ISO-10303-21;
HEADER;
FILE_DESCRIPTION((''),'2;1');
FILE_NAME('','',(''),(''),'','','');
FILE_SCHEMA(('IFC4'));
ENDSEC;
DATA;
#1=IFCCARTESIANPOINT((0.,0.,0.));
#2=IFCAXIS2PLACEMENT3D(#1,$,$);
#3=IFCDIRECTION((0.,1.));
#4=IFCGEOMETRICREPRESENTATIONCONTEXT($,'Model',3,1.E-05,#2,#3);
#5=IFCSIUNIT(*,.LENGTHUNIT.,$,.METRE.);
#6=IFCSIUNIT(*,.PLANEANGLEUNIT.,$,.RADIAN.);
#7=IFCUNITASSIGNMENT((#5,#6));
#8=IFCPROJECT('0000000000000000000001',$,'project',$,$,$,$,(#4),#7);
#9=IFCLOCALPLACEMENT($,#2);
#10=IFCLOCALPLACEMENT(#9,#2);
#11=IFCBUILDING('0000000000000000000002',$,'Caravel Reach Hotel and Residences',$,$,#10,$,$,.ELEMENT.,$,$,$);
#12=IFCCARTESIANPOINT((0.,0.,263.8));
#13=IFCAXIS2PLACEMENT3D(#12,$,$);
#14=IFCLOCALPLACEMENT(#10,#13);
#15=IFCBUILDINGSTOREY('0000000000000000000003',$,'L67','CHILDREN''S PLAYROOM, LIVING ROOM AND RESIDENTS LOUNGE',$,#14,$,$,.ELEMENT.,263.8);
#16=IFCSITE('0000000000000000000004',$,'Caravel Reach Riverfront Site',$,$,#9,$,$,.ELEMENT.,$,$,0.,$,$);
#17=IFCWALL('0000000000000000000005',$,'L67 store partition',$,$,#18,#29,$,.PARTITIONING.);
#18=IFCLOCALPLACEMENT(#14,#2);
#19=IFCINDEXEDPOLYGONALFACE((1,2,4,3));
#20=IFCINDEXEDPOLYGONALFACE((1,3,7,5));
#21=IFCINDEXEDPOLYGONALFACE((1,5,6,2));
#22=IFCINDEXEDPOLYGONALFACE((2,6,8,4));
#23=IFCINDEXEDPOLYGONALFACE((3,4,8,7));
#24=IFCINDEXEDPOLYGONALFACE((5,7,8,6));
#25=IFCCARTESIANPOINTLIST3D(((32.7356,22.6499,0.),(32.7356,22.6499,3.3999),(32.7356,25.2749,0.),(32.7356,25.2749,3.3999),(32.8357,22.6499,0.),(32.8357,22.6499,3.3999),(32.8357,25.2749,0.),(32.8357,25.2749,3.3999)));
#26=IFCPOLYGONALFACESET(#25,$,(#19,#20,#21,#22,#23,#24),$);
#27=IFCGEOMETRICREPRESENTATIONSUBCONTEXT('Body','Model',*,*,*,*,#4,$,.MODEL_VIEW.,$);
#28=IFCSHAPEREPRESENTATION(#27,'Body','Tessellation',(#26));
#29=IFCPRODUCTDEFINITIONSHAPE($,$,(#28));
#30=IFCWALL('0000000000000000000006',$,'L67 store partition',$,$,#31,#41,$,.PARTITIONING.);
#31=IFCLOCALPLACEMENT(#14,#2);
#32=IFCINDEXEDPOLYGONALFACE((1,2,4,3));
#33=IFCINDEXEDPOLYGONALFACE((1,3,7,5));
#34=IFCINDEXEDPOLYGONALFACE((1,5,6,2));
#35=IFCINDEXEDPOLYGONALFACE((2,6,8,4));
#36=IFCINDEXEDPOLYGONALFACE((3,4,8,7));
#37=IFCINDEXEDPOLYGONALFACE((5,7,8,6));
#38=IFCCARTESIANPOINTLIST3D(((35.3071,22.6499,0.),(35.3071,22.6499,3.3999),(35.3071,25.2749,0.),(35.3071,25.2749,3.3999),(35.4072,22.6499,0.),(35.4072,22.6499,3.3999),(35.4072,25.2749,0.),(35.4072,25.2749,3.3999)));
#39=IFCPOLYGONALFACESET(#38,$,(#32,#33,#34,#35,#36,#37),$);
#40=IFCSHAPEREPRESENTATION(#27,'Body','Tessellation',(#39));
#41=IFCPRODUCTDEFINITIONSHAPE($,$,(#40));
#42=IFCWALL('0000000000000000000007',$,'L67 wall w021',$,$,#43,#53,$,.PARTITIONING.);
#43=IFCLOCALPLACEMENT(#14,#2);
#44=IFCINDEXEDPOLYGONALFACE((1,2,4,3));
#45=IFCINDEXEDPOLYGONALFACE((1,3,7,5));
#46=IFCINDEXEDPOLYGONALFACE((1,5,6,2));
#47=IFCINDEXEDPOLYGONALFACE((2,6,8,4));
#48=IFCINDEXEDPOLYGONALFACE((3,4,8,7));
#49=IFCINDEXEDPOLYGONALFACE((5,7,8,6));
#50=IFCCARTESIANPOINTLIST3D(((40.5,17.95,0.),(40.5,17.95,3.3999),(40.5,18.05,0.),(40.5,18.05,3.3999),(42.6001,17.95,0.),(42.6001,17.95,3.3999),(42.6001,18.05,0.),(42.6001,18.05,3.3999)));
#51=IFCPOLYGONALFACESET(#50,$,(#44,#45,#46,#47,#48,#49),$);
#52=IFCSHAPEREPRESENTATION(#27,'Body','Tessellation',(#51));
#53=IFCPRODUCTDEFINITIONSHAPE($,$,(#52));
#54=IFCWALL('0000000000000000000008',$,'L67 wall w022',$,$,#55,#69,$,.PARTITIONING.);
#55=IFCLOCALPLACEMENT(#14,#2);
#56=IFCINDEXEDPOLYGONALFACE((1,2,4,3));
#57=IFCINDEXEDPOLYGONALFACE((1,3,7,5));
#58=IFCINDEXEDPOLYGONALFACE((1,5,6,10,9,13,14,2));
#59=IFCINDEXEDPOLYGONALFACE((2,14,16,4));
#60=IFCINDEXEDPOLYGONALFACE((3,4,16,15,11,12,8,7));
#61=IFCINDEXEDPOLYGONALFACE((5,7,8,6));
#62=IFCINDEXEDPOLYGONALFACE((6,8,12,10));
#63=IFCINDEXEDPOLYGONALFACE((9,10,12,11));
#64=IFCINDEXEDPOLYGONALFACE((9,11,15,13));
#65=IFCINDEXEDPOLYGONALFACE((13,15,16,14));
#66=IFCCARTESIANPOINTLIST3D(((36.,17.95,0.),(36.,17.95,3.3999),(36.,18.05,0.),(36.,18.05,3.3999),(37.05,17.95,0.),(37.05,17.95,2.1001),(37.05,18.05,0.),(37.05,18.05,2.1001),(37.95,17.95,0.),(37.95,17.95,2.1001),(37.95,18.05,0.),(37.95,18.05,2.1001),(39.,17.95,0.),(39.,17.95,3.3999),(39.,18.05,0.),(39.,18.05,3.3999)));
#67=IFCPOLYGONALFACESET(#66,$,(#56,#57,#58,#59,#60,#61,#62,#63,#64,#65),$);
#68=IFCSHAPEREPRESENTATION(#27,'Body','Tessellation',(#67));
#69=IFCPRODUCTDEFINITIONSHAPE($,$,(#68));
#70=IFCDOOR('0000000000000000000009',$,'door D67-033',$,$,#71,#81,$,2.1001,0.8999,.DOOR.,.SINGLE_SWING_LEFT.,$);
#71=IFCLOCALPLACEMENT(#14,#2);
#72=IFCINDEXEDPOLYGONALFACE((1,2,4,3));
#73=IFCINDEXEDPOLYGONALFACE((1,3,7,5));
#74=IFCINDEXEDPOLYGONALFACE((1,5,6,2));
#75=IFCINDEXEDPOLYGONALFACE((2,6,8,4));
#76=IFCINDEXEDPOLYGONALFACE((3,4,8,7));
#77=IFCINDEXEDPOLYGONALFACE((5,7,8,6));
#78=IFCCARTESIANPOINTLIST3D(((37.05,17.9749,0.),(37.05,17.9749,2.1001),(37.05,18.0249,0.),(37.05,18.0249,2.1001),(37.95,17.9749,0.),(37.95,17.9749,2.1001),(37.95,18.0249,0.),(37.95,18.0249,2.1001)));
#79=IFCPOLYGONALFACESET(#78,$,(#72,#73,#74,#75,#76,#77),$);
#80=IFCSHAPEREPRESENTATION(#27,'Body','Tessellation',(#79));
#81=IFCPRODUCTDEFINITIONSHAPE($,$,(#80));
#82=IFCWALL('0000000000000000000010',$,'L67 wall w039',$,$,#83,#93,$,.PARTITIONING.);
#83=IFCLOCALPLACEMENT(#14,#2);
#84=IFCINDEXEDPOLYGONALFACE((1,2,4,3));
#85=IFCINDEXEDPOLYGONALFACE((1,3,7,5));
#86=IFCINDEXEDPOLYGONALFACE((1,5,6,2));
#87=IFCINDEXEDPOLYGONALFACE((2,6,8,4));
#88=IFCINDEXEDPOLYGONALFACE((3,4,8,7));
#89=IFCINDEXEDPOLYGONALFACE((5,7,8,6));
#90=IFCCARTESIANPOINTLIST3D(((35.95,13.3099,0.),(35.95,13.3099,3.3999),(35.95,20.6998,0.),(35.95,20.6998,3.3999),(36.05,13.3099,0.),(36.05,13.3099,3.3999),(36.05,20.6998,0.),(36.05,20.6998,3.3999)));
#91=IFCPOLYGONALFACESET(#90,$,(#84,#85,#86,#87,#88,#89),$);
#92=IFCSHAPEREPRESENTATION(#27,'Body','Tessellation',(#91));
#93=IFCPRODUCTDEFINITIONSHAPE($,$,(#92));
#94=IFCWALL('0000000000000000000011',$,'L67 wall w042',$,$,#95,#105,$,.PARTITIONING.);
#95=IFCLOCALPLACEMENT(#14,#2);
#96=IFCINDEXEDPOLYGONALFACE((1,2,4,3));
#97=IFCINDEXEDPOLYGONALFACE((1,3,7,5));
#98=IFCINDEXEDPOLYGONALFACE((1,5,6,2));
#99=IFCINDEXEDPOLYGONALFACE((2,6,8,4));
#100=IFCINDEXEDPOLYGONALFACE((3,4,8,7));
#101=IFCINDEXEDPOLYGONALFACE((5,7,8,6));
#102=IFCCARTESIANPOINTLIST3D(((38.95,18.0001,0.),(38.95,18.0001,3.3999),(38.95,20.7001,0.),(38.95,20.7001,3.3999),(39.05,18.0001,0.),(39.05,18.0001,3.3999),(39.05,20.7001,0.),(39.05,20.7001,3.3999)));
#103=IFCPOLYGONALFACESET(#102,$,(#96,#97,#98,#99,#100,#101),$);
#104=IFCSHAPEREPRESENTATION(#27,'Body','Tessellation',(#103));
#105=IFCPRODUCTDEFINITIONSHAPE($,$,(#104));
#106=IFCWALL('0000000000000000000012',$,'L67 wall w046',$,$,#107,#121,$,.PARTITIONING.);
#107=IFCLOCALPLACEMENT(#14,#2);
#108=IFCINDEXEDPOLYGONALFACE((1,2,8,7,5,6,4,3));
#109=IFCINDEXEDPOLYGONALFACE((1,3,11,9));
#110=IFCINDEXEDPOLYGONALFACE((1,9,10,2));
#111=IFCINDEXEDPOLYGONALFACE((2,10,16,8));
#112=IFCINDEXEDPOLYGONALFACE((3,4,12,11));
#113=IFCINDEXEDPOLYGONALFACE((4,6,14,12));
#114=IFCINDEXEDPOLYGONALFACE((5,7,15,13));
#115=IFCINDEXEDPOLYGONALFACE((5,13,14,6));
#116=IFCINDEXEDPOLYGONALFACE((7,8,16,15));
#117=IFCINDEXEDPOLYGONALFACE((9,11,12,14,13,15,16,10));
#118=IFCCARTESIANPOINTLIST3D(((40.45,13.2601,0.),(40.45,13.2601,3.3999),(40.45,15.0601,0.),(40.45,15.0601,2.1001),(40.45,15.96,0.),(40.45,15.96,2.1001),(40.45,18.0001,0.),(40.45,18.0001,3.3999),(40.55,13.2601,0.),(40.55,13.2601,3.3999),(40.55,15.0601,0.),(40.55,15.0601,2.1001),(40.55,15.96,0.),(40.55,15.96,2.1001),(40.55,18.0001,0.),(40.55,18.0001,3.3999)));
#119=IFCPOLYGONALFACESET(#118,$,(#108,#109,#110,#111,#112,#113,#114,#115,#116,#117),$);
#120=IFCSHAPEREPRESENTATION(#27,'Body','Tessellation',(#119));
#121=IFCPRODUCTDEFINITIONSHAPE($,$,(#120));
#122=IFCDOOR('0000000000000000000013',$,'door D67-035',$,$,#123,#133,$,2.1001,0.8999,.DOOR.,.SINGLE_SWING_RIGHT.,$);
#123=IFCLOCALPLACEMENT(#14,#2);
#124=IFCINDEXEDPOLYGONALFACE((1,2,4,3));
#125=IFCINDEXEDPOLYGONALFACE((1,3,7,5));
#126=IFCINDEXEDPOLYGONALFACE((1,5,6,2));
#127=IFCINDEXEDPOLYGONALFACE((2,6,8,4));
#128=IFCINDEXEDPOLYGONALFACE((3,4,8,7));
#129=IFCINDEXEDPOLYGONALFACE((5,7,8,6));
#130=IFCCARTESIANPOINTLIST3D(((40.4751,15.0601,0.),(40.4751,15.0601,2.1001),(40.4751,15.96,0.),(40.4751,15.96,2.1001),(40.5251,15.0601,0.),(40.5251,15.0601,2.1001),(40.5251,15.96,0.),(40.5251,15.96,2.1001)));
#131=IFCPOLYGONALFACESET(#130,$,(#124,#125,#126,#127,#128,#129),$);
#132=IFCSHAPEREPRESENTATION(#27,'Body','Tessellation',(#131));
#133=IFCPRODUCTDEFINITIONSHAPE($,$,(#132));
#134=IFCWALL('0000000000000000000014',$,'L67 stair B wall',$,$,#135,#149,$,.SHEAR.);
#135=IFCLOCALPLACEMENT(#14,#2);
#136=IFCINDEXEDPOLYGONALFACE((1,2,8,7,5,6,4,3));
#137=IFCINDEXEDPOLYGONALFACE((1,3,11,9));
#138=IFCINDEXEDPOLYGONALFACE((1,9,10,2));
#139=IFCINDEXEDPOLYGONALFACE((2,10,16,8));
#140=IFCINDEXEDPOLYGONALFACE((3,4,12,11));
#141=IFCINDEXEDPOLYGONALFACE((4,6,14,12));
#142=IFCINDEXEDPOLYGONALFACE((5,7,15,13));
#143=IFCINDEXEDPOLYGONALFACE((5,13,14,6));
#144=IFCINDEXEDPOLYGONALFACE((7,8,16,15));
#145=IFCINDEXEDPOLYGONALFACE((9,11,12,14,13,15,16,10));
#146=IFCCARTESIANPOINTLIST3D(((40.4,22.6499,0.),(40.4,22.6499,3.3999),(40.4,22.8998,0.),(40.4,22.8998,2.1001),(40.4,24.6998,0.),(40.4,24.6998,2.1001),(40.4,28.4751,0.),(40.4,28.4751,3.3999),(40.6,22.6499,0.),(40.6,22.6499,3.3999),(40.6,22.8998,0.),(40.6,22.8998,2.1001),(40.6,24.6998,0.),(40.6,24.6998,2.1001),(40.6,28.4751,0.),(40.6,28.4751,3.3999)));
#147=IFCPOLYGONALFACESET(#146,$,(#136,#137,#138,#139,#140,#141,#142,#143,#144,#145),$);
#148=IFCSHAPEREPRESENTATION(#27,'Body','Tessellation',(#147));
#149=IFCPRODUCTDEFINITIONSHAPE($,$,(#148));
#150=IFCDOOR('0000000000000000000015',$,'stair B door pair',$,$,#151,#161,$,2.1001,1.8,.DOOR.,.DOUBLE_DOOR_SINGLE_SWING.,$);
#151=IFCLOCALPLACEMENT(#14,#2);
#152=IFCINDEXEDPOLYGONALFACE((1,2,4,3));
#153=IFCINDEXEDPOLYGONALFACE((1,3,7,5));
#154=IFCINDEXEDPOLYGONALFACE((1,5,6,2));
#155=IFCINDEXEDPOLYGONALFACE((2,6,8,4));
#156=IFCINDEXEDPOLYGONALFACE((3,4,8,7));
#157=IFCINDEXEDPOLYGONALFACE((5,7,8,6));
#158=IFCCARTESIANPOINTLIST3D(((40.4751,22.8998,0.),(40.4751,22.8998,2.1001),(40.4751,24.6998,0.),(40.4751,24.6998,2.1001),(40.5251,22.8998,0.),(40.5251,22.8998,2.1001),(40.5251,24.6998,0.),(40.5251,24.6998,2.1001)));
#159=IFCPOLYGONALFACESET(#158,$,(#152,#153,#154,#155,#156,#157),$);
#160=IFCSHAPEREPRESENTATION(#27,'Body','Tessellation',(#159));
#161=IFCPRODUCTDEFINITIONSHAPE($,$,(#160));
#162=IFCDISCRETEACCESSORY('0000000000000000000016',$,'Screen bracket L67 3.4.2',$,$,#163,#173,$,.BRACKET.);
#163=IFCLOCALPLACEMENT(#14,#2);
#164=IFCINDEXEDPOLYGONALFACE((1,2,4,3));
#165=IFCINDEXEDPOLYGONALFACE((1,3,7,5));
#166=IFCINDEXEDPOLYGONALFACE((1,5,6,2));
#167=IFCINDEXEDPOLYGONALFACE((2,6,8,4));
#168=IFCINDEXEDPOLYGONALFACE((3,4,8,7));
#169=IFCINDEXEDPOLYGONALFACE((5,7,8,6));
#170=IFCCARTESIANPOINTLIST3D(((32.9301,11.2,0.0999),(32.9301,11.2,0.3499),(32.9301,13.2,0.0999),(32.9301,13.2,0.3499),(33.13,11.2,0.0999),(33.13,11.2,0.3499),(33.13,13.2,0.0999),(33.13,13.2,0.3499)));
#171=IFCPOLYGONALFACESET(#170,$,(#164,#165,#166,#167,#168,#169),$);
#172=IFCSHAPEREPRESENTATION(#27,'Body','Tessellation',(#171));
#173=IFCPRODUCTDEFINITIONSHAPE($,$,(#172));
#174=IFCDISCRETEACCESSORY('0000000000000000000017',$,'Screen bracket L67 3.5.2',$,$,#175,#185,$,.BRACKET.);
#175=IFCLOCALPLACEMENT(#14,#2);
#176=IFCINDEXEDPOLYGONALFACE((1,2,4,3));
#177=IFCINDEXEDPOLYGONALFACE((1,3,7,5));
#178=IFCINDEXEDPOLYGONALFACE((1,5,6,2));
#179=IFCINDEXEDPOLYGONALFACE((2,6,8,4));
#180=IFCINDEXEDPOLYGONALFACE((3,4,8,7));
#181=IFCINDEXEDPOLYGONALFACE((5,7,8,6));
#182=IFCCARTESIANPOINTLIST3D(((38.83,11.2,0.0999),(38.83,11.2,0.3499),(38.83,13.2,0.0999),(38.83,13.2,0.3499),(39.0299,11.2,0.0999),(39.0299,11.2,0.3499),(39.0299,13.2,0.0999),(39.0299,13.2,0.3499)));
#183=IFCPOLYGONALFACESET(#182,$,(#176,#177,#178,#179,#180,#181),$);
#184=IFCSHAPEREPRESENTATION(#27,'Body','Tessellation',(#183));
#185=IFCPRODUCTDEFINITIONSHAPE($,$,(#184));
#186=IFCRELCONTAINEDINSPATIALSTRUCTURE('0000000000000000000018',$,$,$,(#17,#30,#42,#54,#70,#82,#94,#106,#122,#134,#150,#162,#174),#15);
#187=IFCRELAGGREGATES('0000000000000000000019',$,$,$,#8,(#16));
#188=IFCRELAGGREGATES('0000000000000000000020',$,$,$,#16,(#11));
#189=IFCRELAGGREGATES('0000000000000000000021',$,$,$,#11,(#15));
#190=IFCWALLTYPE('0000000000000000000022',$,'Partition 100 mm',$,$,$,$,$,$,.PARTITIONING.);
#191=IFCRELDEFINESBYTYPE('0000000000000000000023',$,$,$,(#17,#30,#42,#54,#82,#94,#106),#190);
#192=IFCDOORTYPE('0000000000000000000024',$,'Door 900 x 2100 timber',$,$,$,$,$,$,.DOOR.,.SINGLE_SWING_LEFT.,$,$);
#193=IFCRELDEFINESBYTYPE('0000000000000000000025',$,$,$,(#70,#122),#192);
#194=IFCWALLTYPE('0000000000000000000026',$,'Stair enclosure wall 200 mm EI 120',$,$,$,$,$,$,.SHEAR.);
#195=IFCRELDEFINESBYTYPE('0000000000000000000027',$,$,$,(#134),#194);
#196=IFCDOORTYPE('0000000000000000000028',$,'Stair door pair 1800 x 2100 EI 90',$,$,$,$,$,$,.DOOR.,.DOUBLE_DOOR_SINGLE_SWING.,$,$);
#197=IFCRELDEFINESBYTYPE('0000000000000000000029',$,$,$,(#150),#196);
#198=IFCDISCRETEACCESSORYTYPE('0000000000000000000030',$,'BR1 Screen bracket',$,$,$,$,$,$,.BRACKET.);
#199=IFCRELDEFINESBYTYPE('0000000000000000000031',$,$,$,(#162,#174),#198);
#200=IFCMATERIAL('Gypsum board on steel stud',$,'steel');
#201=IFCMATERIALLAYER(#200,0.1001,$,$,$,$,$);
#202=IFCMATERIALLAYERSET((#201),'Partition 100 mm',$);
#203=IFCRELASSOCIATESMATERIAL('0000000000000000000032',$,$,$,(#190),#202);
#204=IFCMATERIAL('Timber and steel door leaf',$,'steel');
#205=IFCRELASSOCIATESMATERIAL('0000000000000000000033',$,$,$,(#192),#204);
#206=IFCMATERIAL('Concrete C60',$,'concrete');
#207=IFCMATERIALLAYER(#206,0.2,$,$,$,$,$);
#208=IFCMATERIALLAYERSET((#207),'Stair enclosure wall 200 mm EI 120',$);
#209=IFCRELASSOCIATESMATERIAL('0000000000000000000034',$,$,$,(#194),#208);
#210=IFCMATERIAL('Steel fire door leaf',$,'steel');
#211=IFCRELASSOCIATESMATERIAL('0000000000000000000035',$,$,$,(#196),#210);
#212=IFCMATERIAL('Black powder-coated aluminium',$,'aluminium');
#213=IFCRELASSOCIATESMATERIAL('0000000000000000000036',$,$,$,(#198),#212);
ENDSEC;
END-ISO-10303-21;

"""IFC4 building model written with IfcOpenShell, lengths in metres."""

from ifc_helpers import new_model, si_unit, direction, frame, frame_2d, origin, origin_2d, place, context, subcontext, project, spatial, rectangle, extrude, material, layer, layer_set, type_object, element, fill, save


model = new_model("IFC4")

# Units and contexts
model_context = context("Model", 3, precision=1e-05, world=origin(), true_north=direction((0.0, 1.0)))
body_context = subcontext(model_context, "Body", "Model", "MODEL_VIEW")
ifc_project = project(units=[si_unit("LENGTHUNIT", "METRE"), si_unit("PLANEANGLEUNIT", "RADIAN")], contexts=[model_context])

# Site, building, storey
site_placement = place(None, origin())
site = spatial("IfcSite", under=ifc_project, at=site_placement, Name="Caravel Reach Riverfront Site", CompositionType="ELEMENT", RefElevation=0.0)
building_placement = place(site_placement, origin())
building = spatial("IfcBuilding", under=site, at=building_placement, Name="Caravel Reach Hotel and Residences", CompositionType="ELEMENT")
storey_placement = place(building_placement, frame((0.0, 0.0, 263.8)))
storey = spatial("IfcBuildingStorey", under=building, at=storey_placement, Name="L67", Description="CHILDREN'S PLAYROOM, LIVING ROOM AND RESIDENTS LOUNGE", CompositionType="ELEMENT", Elevation=263.8)

# Walls
ifc_material_1 = material(Name="Gypsum board on steel stud", Category="steel")
ifc_layer_1 = layer(ifc_material_1, 0.1001)
ifc_layer_set_1 = layer_set([ifc_layer_1], Name="Partition 100 mm")
wall_type_1 = type_object("IfcWallType", Name="Partition 100 mm", PredefinedType="PARTITIONING", material=ifc_layer_set_1)
for number, where, z_axis, x_axis, name in (
    (1, (32.7856, 22.6499, 0.0), (0.0, 0.0, 1.0), (0.0, 1.0, 0.0), "L67 store partition"),
    (2, (35.3572, 22.6499, 0.0), (0.0, 0.0, 1.0), (0.0, 1.0, 0.0), "L67 store partition"),
):
    element("IfcWall", number, at=place(storey_placement, frame(where, z_axis=z_axis, x_axis=x_axis)), inside=storey, type_object=wall_type_1, Name=name, PredefinedType="PARTITIONING", context=body_context, shape_type="SweptSolid", body=[
        extrude(rectangle(XDim=2.625, YDim=0.1001, at=frame_2d((1.3125, 0.0))), origin(), (0.0, 0.0, 1.0), 3.3999),
    ])
wall_1_placement = place(storey_placement, frame((40.5, 18.0, 0.0), z_axis=(0.0, 0.0, 1.0), x_axis=(1.0, 0.0, 0.0)))
element("IfcWall", 3, at=wall_1_placement, inside=storey, type_object=wall_type_1, Name="L67 wall w021", PredefinedType="PARTITIONING", context=body_context, shape_type="SweptSolid", body=[
    extrude(rectangle(XDim=2.1001, YDim=0.1001, at=frame_2d((1.05, 0.0))), origin(), (0.0, 0.0, 1.0), 3.3999),
])

# Wall, opening, door
wall_2_placement = place(storey_placement, frame((36.0, 18.0, 0.0), z_axis=(0.0, 0.0, 1.0), x_axis=(1.0, 0.0, 0.0)))
wall_2 = element("IfcWall", 4, at=wall_2_placement, inside=storey, type_object=wall_type_1, Name="L67 wall w022", PredefinedType="PARTITIONING", context=body_context, shape_type="SweptSolid", body=[
    extrude(rectangle(XDim=3.0, YDim=0.1001, at=frame_2d((1.5, 0.0))), origin(), (0.0, 0.0, 1.0), 3.3999),
])
opening_1_placement = place(wall_2_placement, frame((1.05, 0.0, 0.0)))
opening_1 = element("IfcOpeningElement", 5, at=opening_1_placement, cuts=wall_2, PredefinedType="OPENING", context=body_context, shape_type="SweptSolid", body=[
    extrude(rectangle(XDim=0.8999, YDim=2.1001, at=frame_2d((0.45, 1.05))), frame((0.0, 0.0601, 0.0), z_axis=(0.0, -1.0, 0.0), x_axis=(1.0, 0.0, 0.0)), (0.0, 0.0, 1.0), 0.1201),
])
ifc_material_2 = material(Name="Timber and steel door leaf", Category="steel")
door_type_1 = type_object("IfcDoorType", Name="Door 900 x 2100 timber", OperationType="SINGLE_SWING_LEFT", PredefinedType="DOOR", material=ifc_material_2)
door_1_placement = place(opening_1_placement, origin())
door_1 = element("IfcDoor", 6, at=door_1_placement, inside=storey, type_object=door_type_1, Name="door D67-033", OperationType="SINGLE_SWING_LEFT", OverallHeight=2.1001, OverallWidth=0.8999, PredefinedType="DOOR", context=body_context, shape_type="SweptSolid", body=[
    extrude(rectangle(XDim=0.8999, YDim=2.1001, at=frame_2d((0.45, 1.05))), frame((0.0, 0.0249, 0.0), z_axis=(0.0, -1.0, 0.0), x_axis=(1.0, 0.0, 0.0)), (0.0, 0.0, 1.0), 0.05),
])
fill(opening_1, door_1)

# Walls
wall_3_placement = place(storey_placement, frame((36.0, 13.3101, 0.0), z_axis=(0.0, 0.0, 1.0), x_axis=(0.0, 1.0, 0.0)))
element("IfcWall", 7, at=wall_3_placement, inside=storey, type_object=wall_type_1, Name="L67 wall w039", PredefinedType="PARTITIONING", context=body_context, shape_type="SweptSolid", body=[
    extrude(rectangle(XDim=7.3899, YDim=0.1001, at=frame_2d((3.6948, 0.0))), origin(), (0.0, 0.0, 1.0), 3.3999),
])
wall_4_placement = place(storey_placement, frame((39.0, 18.0, 0.0), z_axis=(0.0, 0.0, 1.0), x_axis=(0.0, 1.0, 0.0)))
element("IfcWall", 8, at=wall_4_placement, inside=storey, type_object=wall_type_1, Name="L67 wall w042", PredefinedType="PARTITIONING", context=body_context, shape_type="SweptSolid", body=[
    extrude(rectangle(XDim=2.7, YDim=0.1001, at=frame_2d((1.3501, 0.0))), origin(), (0.0, 0.0, 1.0), 3.3999),
])

# Walls, openings, doors
wall_5_placement = place(storey_placement, frame((40.5, 13.26, 0.0), z_axis=(0.0, 0.0, 1.0), x_axis=(0.0, 1.0, 0.0)))
wall_5 = element("IfcWall", 9, at=wall_5_placement, inside=storey, type_object=wall_type_1, Name="L67 wall w046", PredefinedType="PARTITIONING", context=body_context, shape_type="SweptSolid", body=[
    extrude(rectangle(XDim=4.74, YDim=0.1001, at=frame_2d((2.3701, 0.0))), origin(), (0.0, 0.0, 1.0), 3.3999),
])
opening_2_placement = place(wall_5_placement, frame((1.8, 0.0, 0.0)))
opening_2 = element("IfcOpeningElement", 10, at=opening_2_placement, cuts=wall_5, PredefinedType="OPENING", context=body_context, shape_type="SweptSolid", body=[
    extrude(rectangle(XDim=0.8999, YDim=2.1001, at=frame_2d((0.45, 1.05))), frame((0.0, 0.0601, 0.0), z_axis=(0.0, -1.0, 0.0), x_axis=(1.0, 0.0, 0.0)), (0.0, 0.0, 1.0), 0.1201),
])
door_2_placement = place(opening_2_placement, origin())
door_2 = element("IfcDoor", 11, at=door_2_placement, inside=storey, type_object=door_type_1, Name="door D67-035", OperationType="SINGLE_SWING_RIGHT", OverallHeight=2.1001, OverallWidth=0.8999, PredefinedType="DOOR", context=body_context, shape_type="SweptSolid", body=[
    extrude(rectangle(XDim=0.8999, YDim=2.1001, at=frame_2d((0.45, 1.05))), frame((0.0, 0.0249, 0.0), z_axis=(0.0, -1.0, 0.0), x_axis=(1.0, 0.0, 0.0)), (0.0, 0.0, 1.0), 0.05),
])
fill(opening_2, door_2)
ifc_material_3 = material(Name="Concrete C60", Category="concrete")
ifc_layer_2 = layer(ifc_material_3, 0.2)
ifc_layer_set_2 = layer_set([ifc_layer_2], Name="Stair enclosure wall 200 mm EI 120")
wall_type_2 = type_object("IfcWallType", Name="Stair enclosure wall 200 mm EI 120", PredefinedType="SHEAR", material=ifc_layer_set_2)
wall_6_placement = place(storey_placement, frame((40.5, 22.6499, 0.0), z_axis=(0.0, 0.0, 1.0), x_axis=(0.0, 1.0, 0.0)))
wall_6 = element("IfcWall", 12, at=wall_6_placement, inside=storey, type_object=wall_type_2, Name="L67 stair B wall", PredefinedType="SHEAR", context=body_context, shape_type="SweptSolid", body=[
    extrude(rectangle(XDim=5.8252, YDim=0.2, at=frame_2d((2.9126, 0.0))), origin(), (0.0, 0.0, 1.0), 3.3999),
])
opening_3_placement = place(wall_6_placement, frame((0.25, 0.0, 0.0)))
opening_3 = element("IfcOpeningElement", 13, at=opening_3_placement, cuts=wall_6, PredefinedType="OPENING", context=body_context, shape_type="SweptSolid", body=[
    extrude(rectangle(XDim=1.8, YDim=2.1001, at=frame_2d((0.8999, 1.05))), frame((0.0, 0.1099, 0.0), z_axis=(0.0, -1.0, 0.0), x_axis=(1.0, 0.0, 0.0)), (0.0, 0.0, 1.0), 0.22),
])
ifc_material_4 = material(Name="Steel fire door leaf", Category="steel")
door_type_2 = type_object("IfcDoorType", Name="Stair door pair 1800 x 2100 EI 90", OperationType="DOUBLE_DOOR_SINGLE_SWING", PredefinedType="DOOR", material=ifc_material_4)
door_3_placement = place(opening_3_placement, origin())
door_3 = element("IfcDoor", 14, at=door_3_placement, inside=storey, type_object=door_type_2, Name="stair B door pair", OperationType="DOUBLE_DOOR_SINGLE_SWING", OverallHeight=2.1001, OverallWidth=1.8, PredefinedType="DOOR", context=body_context, shape_type="SweptSolid", body=[
    extrude(rectangle(XDim=1.8, YDim=2.1001, at=frame_2d((0.8999, 1.05))), frame((0.0, 0.0249, 0.0), z_axis=(0.0, -1.0, 0.0), x_axis=(1.0, 0.0, 0.0)), (0.0, 0.0, 1.0), 0.05),
])
fill(opening_3, door_3)

# Discrete accessories
ifc_material_5 = material(Name="Black powder-coated aluminium", Category="aluminium")
discrete_accessory_type = type_object("IfcDiscreteAccessoryType", Name="BR1 Screen bracket", PredefinedType="BRACKET", material=ifc_material_5)
for number, where, z_axis, x_axis, name in (
    (15, (33.03, 12.2, 0.0999), (0.0, 0.0, 1.0), (0.0, -1.0, 0.0), "Screen bracket L67 3.4.2"),
    (16, (38.9299, 12.2, 0.0999), (0.0, 0.0, 1.0), (0.0, -1.0, 0.0), "Screen bracket L67 3.5.2"),
):
    element("IfcDiscreteAccessory", number, at=place(storey_placement, frame(where, z_axis=z_axis, x_axis=x_axis)), inside=storey, type_object=discrete_accessory_type, Name=name, PredefinedType="BRACKET", context=body_context, shape_type="SweptSolid", body=[
        extrude(rectangle(XDim=2.0, YDim=0.2, at=origin_2d()), origin(), (0.0, 0.0, 1.0), 0.25),
    ])

save(model, "model.ifc")
